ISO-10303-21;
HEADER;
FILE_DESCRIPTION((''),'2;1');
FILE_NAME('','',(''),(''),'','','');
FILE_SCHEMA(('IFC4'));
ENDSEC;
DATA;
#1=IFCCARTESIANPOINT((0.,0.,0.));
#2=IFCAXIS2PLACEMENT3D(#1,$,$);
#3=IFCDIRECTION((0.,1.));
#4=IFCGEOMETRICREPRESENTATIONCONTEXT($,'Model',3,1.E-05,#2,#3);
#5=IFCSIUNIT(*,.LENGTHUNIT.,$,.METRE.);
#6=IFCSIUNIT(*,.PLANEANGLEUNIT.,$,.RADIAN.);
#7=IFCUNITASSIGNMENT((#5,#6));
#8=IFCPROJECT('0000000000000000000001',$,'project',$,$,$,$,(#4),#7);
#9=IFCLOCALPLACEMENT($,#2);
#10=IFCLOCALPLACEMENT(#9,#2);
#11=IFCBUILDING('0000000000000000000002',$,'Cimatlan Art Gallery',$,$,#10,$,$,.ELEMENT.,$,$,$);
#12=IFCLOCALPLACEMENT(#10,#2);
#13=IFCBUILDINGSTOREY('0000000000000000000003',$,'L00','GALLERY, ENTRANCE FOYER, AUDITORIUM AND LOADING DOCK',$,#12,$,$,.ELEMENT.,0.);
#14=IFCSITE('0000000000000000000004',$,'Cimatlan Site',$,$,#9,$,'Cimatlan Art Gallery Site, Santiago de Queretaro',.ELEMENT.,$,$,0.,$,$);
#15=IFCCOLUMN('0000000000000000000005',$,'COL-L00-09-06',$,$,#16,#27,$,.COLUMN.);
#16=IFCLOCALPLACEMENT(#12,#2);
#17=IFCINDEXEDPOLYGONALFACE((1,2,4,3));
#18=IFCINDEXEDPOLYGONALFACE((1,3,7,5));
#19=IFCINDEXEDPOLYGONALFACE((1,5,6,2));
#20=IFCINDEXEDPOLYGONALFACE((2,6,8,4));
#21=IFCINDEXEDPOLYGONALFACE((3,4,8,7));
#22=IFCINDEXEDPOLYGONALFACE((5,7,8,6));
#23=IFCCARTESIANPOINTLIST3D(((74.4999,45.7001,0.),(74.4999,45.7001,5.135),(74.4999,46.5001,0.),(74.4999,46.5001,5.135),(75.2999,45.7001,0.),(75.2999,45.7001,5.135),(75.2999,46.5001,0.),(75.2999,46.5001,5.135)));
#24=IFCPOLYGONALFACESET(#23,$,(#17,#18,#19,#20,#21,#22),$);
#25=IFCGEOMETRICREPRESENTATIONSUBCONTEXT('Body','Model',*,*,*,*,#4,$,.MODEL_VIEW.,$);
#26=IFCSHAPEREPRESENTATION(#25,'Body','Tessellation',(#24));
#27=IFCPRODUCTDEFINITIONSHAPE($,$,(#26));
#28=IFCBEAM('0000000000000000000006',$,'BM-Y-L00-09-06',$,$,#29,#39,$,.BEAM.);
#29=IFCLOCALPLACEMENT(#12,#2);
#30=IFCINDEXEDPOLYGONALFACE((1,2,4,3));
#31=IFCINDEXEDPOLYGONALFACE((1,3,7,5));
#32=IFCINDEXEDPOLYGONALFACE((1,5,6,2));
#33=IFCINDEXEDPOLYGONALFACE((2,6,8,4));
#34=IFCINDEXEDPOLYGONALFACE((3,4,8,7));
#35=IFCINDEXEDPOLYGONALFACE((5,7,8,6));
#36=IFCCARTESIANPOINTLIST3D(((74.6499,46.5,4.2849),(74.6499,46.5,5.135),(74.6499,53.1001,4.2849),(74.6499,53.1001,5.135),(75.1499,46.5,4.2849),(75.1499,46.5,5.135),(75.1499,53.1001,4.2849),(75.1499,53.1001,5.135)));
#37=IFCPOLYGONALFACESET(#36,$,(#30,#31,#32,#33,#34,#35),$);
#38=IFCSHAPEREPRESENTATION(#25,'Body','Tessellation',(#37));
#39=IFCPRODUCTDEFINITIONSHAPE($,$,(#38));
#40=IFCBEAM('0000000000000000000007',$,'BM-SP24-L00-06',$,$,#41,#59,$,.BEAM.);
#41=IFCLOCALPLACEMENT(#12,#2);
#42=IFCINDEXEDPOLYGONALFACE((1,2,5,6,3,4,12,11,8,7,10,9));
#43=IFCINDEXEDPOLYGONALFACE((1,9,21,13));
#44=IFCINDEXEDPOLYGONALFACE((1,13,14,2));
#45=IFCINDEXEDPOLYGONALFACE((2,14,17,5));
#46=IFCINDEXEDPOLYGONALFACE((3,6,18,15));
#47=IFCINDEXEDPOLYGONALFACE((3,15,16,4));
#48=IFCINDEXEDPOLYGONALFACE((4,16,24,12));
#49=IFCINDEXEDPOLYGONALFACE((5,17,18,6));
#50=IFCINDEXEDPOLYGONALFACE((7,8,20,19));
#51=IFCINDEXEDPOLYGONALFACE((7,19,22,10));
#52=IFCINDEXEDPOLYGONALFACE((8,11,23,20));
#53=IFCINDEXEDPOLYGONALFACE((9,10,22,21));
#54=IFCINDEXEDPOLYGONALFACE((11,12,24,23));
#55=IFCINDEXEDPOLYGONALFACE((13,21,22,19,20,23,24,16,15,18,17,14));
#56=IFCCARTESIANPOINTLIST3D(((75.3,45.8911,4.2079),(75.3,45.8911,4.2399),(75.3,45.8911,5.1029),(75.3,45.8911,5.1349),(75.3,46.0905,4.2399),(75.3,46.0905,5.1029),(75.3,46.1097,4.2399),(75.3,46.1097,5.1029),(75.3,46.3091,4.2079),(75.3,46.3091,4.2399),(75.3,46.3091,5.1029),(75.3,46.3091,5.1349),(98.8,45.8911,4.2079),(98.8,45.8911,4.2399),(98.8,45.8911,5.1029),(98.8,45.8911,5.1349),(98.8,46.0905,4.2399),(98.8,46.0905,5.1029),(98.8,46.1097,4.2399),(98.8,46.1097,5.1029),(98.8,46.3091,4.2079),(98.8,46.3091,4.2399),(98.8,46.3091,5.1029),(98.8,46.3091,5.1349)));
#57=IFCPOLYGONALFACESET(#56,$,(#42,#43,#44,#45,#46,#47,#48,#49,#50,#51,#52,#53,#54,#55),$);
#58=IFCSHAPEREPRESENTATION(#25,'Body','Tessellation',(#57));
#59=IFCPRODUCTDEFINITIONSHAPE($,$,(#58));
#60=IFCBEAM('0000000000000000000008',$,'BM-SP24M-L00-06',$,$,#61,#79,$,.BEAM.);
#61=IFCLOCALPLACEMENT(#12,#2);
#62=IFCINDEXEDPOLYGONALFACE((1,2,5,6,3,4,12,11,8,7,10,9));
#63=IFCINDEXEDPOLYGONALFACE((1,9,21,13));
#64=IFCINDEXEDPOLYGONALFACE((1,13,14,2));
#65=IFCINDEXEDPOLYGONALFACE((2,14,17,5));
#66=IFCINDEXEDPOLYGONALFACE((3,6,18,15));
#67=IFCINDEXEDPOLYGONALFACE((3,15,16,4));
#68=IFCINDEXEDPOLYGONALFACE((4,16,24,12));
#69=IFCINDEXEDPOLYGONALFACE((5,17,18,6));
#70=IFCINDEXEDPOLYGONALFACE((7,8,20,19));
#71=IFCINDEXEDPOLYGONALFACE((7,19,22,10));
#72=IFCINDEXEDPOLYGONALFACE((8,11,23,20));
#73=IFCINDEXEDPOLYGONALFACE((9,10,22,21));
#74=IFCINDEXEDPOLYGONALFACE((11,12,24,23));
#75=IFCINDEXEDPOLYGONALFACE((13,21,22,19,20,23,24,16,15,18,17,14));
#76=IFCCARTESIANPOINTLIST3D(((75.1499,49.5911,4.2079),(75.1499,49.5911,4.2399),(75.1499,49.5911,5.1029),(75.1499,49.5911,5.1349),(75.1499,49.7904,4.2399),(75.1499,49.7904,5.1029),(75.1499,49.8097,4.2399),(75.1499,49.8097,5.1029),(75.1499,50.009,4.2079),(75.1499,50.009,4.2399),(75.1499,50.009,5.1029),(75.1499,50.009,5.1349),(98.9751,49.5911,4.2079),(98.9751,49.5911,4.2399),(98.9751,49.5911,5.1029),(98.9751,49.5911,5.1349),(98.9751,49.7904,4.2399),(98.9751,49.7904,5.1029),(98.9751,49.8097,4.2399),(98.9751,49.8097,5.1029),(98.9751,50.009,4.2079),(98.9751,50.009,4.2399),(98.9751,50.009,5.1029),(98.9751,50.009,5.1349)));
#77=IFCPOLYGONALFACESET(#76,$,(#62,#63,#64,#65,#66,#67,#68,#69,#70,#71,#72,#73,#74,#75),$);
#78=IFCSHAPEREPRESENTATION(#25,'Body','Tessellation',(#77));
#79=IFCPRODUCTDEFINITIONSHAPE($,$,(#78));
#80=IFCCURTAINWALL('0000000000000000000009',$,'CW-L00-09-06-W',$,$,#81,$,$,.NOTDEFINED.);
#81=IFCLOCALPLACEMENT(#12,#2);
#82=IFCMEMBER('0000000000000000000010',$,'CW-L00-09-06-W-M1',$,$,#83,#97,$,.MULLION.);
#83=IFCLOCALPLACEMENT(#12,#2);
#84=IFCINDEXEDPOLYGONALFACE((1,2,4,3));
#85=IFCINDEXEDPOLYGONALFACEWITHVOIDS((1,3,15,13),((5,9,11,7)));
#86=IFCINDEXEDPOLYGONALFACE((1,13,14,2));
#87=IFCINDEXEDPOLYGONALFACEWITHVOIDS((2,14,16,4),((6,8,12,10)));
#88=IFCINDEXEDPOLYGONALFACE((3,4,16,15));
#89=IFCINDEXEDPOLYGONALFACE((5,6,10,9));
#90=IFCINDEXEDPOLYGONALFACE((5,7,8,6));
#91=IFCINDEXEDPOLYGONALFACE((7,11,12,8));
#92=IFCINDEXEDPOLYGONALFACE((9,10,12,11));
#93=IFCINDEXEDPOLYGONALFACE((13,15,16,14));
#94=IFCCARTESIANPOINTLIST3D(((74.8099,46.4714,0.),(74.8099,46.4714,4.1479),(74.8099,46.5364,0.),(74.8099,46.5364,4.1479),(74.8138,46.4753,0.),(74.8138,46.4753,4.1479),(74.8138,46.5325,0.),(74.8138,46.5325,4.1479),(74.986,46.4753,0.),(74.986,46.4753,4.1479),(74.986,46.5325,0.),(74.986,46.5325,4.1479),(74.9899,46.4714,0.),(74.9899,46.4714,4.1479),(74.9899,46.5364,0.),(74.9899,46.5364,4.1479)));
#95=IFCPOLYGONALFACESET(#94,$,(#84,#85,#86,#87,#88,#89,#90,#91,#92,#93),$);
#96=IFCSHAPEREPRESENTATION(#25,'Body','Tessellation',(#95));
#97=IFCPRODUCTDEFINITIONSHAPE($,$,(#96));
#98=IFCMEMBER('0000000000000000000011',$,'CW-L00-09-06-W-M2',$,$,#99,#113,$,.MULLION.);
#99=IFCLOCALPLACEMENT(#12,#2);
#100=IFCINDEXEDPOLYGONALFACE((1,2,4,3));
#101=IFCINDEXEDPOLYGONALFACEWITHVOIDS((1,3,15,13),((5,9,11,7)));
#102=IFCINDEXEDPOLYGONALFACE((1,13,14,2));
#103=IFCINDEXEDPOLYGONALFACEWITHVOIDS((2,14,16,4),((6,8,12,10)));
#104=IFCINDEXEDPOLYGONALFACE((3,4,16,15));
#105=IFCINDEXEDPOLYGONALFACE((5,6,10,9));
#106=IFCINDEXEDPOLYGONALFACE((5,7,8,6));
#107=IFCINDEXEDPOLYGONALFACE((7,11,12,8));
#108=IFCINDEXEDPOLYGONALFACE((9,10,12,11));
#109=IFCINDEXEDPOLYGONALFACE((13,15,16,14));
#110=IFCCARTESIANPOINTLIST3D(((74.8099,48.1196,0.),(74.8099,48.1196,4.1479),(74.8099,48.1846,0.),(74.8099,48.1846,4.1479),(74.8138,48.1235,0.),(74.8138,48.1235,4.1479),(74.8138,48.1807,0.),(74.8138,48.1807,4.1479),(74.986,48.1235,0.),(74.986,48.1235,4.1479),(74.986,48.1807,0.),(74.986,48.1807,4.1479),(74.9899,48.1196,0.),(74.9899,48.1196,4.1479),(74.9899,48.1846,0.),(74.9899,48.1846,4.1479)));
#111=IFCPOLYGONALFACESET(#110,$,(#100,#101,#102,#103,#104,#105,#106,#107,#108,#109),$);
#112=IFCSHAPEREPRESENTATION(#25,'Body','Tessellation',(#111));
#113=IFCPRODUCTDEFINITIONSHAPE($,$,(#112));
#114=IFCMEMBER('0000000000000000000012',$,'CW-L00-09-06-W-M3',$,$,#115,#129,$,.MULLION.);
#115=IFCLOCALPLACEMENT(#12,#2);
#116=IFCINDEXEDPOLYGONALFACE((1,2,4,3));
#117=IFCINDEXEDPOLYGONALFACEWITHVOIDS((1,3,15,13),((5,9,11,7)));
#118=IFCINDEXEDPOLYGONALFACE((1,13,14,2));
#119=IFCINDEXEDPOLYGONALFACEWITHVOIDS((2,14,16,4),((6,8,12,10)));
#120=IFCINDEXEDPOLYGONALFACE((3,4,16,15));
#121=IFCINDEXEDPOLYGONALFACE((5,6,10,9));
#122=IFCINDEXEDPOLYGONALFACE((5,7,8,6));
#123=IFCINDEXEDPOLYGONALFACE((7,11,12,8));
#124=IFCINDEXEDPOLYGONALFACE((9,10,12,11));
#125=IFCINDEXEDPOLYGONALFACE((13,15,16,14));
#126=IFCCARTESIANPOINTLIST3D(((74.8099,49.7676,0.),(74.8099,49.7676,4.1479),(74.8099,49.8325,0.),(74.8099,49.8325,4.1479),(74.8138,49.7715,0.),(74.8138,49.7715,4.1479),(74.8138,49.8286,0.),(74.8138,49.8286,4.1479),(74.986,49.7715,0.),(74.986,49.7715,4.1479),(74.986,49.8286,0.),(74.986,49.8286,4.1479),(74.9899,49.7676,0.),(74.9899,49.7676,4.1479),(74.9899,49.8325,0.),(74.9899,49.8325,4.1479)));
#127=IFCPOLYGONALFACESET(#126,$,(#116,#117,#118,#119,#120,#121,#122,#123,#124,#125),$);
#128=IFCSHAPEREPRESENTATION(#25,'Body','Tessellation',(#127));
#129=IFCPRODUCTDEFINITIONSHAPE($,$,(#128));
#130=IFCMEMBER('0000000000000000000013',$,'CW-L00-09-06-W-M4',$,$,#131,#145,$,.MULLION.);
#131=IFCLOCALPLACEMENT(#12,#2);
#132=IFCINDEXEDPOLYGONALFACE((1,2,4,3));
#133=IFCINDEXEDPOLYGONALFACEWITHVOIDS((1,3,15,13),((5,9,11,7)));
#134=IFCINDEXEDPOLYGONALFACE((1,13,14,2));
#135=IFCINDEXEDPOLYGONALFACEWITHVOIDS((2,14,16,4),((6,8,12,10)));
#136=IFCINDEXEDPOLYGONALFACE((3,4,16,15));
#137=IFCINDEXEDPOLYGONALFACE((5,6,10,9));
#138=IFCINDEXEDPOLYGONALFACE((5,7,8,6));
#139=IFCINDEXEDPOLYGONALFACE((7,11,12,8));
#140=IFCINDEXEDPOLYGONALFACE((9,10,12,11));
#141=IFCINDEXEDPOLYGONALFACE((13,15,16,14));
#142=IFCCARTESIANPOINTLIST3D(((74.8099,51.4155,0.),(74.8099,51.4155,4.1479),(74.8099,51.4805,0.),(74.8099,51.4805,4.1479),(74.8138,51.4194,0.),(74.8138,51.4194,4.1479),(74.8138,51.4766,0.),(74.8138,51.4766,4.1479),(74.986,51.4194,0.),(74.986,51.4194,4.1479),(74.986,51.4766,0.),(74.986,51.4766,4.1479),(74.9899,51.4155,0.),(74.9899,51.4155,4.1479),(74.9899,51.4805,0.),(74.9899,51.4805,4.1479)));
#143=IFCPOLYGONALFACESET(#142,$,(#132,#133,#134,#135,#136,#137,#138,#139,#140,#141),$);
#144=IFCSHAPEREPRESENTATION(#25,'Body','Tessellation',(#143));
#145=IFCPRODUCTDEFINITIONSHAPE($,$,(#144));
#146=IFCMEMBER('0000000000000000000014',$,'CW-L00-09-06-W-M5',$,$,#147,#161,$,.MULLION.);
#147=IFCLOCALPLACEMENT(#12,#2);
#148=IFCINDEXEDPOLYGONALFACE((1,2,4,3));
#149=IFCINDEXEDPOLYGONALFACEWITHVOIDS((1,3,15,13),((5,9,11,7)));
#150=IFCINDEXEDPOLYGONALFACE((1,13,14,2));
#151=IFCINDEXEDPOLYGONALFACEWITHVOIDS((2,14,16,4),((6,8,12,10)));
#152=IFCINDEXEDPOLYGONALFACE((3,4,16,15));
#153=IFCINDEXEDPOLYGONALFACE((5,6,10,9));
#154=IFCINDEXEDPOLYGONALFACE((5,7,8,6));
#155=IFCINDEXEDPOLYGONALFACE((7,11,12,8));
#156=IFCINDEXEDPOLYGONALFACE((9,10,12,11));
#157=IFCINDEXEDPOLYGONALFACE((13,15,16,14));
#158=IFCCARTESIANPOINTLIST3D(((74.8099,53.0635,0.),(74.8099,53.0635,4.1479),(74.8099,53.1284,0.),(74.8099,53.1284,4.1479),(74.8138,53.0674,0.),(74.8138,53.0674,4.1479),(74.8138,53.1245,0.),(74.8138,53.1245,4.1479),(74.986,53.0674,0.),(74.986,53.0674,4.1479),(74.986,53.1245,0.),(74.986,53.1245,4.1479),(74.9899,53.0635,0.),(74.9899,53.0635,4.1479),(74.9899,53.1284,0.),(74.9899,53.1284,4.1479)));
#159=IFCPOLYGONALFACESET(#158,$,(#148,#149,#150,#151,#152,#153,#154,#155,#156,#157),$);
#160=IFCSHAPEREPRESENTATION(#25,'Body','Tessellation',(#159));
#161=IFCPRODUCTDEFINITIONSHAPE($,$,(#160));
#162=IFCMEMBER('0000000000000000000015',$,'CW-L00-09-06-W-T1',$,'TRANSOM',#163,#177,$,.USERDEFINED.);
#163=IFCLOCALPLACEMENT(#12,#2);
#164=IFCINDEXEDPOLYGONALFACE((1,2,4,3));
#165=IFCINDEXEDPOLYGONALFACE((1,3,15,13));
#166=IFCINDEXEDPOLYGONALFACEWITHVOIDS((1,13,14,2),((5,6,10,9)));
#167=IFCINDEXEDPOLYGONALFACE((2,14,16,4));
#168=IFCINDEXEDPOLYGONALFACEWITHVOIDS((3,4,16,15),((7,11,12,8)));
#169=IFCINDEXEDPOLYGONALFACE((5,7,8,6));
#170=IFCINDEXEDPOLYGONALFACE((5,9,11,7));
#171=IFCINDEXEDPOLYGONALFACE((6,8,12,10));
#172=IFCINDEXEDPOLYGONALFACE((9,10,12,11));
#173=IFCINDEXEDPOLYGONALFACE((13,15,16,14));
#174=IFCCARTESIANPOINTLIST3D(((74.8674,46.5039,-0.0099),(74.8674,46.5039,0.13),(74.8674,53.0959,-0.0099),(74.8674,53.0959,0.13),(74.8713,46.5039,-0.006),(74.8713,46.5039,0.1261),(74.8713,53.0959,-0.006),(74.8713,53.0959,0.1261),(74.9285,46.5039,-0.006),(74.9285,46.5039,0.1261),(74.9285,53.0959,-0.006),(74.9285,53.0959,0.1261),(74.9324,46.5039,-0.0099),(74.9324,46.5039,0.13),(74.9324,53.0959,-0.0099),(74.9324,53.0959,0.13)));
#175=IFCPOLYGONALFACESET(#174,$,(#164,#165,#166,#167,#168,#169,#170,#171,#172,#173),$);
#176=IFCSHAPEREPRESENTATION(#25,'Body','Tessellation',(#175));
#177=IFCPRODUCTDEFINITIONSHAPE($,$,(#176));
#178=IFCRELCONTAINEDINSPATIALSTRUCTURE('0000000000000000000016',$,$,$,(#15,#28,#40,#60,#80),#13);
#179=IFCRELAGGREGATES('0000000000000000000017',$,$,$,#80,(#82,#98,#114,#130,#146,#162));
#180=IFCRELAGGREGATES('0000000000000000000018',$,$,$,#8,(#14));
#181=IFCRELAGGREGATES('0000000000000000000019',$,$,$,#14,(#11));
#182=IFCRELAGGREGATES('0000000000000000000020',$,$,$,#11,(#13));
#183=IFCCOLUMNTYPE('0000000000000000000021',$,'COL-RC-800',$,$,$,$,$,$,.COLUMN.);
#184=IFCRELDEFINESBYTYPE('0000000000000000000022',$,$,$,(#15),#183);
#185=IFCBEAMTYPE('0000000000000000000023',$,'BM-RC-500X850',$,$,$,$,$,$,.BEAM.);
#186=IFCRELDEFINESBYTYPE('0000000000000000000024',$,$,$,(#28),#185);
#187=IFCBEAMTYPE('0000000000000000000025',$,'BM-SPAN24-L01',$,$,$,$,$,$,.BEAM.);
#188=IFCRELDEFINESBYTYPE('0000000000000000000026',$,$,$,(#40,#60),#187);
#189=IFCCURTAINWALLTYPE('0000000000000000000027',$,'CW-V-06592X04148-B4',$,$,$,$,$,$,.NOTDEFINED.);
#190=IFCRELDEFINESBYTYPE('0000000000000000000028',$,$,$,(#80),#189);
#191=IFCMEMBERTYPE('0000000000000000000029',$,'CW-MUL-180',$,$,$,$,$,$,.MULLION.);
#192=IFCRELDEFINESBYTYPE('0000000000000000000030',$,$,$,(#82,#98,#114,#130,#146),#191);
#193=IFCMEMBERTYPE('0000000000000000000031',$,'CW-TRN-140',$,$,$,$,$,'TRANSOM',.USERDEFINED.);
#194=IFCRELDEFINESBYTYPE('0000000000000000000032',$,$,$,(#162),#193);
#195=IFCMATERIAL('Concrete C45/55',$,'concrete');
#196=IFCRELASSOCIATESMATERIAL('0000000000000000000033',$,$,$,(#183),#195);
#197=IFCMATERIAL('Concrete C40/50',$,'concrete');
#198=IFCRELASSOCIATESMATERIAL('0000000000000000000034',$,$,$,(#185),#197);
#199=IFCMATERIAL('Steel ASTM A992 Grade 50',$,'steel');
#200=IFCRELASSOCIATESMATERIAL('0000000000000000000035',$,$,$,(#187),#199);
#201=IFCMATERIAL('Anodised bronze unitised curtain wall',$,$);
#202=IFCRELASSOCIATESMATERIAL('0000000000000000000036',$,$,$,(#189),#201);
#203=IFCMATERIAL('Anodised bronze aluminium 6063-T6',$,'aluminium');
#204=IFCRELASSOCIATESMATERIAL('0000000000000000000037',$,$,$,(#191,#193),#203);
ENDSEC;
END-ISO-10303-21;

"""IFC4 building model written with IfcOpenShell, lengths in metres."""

from ifc_helpers import new_model, si_unit, direction, frame, origin, origin_2d, place, context, subcontext, project, spatial, rectangle, hollow_rectangle, i_section, extrude, material, material_profile, profile_set, type_object, element, aggregate, save


model = new_model("IFC4")

# Units and contexts
model_context = context("Model", 3, precision=1e-05, world=origin(), true_north=direction((0.0, 1.0)))
body_context = subcontext(model_context, "Body", "Model", "MODEL_VIEW")
ifc_project = project(units=[si_unit("LENGTHUNIT", "METRE"), si_unit("PLANEANGLEUNIT", "RADIAN")], contexts=[model_context])

# Site, building, storey
site_placement = place(None, origin())
site = spatial("IfcSite", under=ifc_project, at=site_placement, Name="Cimatlan Site", LongName="Cimatlan Art Gallery Site, Santiago de Queretaro", CompositionType="ELEMENT", RefElevation=0.0)
building_placement = place(site_placement, origin())
building = spatial("IfcBuilding", under=site, at=building_placement, Name="Cimatlan Art Gallery", CompositionType="ELEMENT")
storey_placement = place(building_placement, origin())
storey = spatial("IfcBuildingStorey", under=building, at=storey_placement, Name="L00", Description="GALLERY, ENTRANCE FOYER, AUDITORIUM AND LOADING DOCK", CompositionType="ELEMENT", Elevation=0.0)

# Column
ifc_material_1 = material(Name="Concrete C45/55", Category="concrete")
ifc_material_profile_1 = material_profile(ifc_material_1, rectangle(XDim=0.8, YDim=0.8, at=origin_2d()), Name="RC800X800")
ifc_profile_set_1 = profile_set([ifc_material_profile_1], Name="Concrete C45/55")
column_type = type_object("IfcColumnType", Name="COL-RC-800", PredefinedType="COLUMN", material=ifc_profile_set_1)
column_placement = place(storey_placement, frame((74.8999, 46.1001, 0.0), z_axis=(0.0, 0.0, 1.0), x_axis=(1.0, 0.0, 0.0)))
element("IfcColumn", 1, at=column_placement, inside=storey, type_object=column_type, Name="COL-L00-09-06", PredefinedType="COLUMN", context=body_context, shape_type="SweptSolid", body=[
    extrude(rectangle(XDim=0.8, YDim=0.8, at=origin_2d()), origin(), (0.0, 0.0, 1.0), 5.135),
])

# Beams
ifc_material_2 = material(Name="Concrete C40/50", Category="concrete")
ifc_material_profile_2 = material_profile(ifc_material_2, rectangle(XDim=0.5, YDim=0.8501, at=origin_2d()), Name="RC500X850")
ifc_profile_set_2 = profile_set([ifc_material_profile_2], Name="Concrete C40/50")
beam_type_1 = type_object("IfcBeamType", Name="BM-RC-500X850", PredefinedType="BEAM", material=ifc_profile_set_2)
beam_1_placement = place(storey_placement, frame((74.8999, 46.5, 4.71), z_axis=(0.0, 1.0, 0.0), x_axis=(-1.0, 0.0, 0.0)))
element("IfcBeam", 2, at=beam_1_placement, inside=storey, type_object=beam_type_1, Name="BM-Y-L00-09-06", PredefinedType="BEAM", context=body_context, shape_type="SweptSolid", body=[
    extrude(rectangle(XDim=0.5, YDim=0.8501, at=origin_2d()), origin(), (0.0, 0.0, 1.0), 6.6001),
])
ifc_material_3 = material(Name="Steel ASTM A992 Grade 50", Category="steel")
ifc_material_profile_3 = material_profile(ifc_material_3, i_section(OverallWidth=0.418, OverallDepth=0.927, WebThickness=0.0193, FlangeThickness=0.032, at=origin_2d()), Name="W36X231")
ifc_profile_set_3 = profile_set([ifc_material_profile_3], Name="Steel ASTM A992 Grade 50")
beam_type_2 = type_object("IfcBeamType", Name="BM-SPAN24-L01", PredefinedType="BEAM", material=ifc_profile_set_3)
beam_2_placement = place(storey_placement, frame((75.3, 46.1001, 4.6714), z_axis=(1.0, 0.0, 0.0), x_axis=(0.0, 1.0, 0.0)))
element("IfcBeam", 3, at=beam_2_placement, inside=storey, type_object=beam_type_2, Name="BM-SP24-L00-06", PredefinedType="BEAM", context=body_context, shape_type="SweptSolid", body=[
    extrude(i_section(OverallWidth=0.418, OverallDepth=0.927, WebThickness=0.0193, FlangeThickness=0.032, at=origin_2d()), origin(), (0.0, 0.0, 1.0), 23.5),
])
beam_3_placement = place(storey_placement, frame((75.1499, 49.8, 4.6714), z_axis=(1.0, 0.0, 0.0), x_axis=(0.0, 1.0, 0.0)))
element("IfcBeam", 4, at=beam_3_placement, inside=storey, type_object=beam_type_2, Name="BM-SP24M-L00-06", PredefinedType="BEAM", context=body_context, shape_type="SweptSolid", body=[
    extrude(i_section(OverallWidth=0.418, OverallDepth=0.927, WebThickness=0.0193, FlangeThickness=0.032, at=origin_2d()), origin(), (0.0, 0.0, 1.0), 23.8252),
])

# Curtain wall, members
ifc_material_4 = material(Name="Anodised bronze unitised curtain wall")
curtain_wall_type = type_object("IfcCurtainWallType", Name="CW-V-06592X04148-B4", PredefinedType="NOTDEFINED", material=ifc_material_4)
curtain_wall_placement = place(storey_placement, origin())
curtain_wall = element("IfcCurtainWall", 5, at=curtain_wall_placement, inside=storey, type_object=curtain_wall_type, Name="CW-L00-09-06-W", PredefinedType="NOTDEFINED")
ifc_material_5 = material(Name="Anodised bronze aluminium 6063-T6", Category="aluminium")
ifc_material_profile_4 = material_profile(ifc_material_5, hollow_rectangle(XDim=0.0649, YDim=0.1799, WallThickness=0.0039, at=origin_2d()), Name="ALU65X180X4")
ifc_profile_set_4 = profile_set([ifc_material_profile_4], Name="Anodised bronze aluminium 6063-T6")
member_type_1 = type_object("IfcMemberType", Name="CW-MUL-180", PredefinedType="MULLION", material=ifc_profile_set_4)
member_1_placement = place(storey_placement, frame((74.8999, 46.5039, 0.0), z_axis=(0.0, 0.0, 1.0), x_axis=(0.0, 1.0, 0.0)))
member_1 = element("IfcMember", 6, at=member_1_placement, type_object=member_type_1, Name="CW-L00-09-06-W-M1", PredefinedType="MULLION", context=body_context, shape_type="SweptSolid", body=[
    extrude(hollow_rectangle(XDim=0.0649, YDim=0.1799, WallThickness=0.0039, at=origin_2d()), origin(), (0.0, 0.0, 1.0), 4.1479),
])
member_2_placement = place(storey_placement, frame((74.8999, 48.1521, 0.0), z_axis=(0.0, 0.0, 1.0), x_axis=(0.0, 1.0, 0.0)))
member_2 = element("IfcMember", 7, at=member_2_placement, type_object=member_type_1, Name="CW-L00-09-06-W-M2", PredefinedType="MULLION", context=body_context, shape_type="SweptSolid", body=[
    extrude(hollow_rectangle(XDim=0.0649, YDim=0.1799, WallThickness=0.0039, at=origin_2d()), origin(), (0.0, 0.0, 1.0), 4.1479),
])
member_3_placement = place(storey_placement, frame((74.8999, 49.8, 0.0), z_axis=(0.0, 0.0, 1.0), x_axis=(0.0, 1.0, 0.0)))
member_3 = element("IfcMember", 8, at=member_3_placement, type_object=member_type_1, Name="CW-L00-09-06-W-M3", PredefinedType="MULLION", context=body_context, shape_type="SweptSolid", body=[
    extrude(hollow_rectangle(XDim=0.0649, YDim=0.1799, WallThickness=0.0039, at=origin_2d()), origin(), (0.0, 0.0, 1.0), 4.1479),
])
member_4_placement = place(storey_placement, frame((74.8999, 51.448, 0.0), z_axis=(0.0, 0.0, 1.0), x_axis=(0.0, 1.0, 0.0)))
member_4 = element("IfcMember", 9, at=member_4_placement, type_object=member_type_1, Name="CW-L00-09-06-W-M4", PredefinedType="MULLION", context=body_context, shape_type="SweptSolid", body=[
    extrude(hollow_rectangle(XDim=0.0649, YDim=0.1799, WallThickness=0.0039, at=origin_2d()), origin(), (0.0, 0.0, 1.0), 4.1479),
])
member_5_placement = place(storey_placement, frame((74.8999, 53.0959, 0.0), z_axis=(0.0, 0.0, 1.0), x_axis=(0.0, 1.0, 0.0)))
member_5 = element("IfcMember", 10, at=member_5_placement, type_object=member_type_1, Name="CW-L00-09-06-W-M5", PredefinedType="MULLION", context=body_context, shape_type="SweptSolid", body=[
    extrude(hollow_rectangle(XDim=0.0649, YDim=0.1799, WallThickness=0.0039, at=origin_2d()), origin(), (0.0, 0.0, 1.0), 4.1479),
])
ifc_material_profile_5 = material_profile(ifc_material_5, hollow_rectangle(XDim=0.0649, YDim=0.1399, WallThickness=0.0039, at=origin_2d()), Name="ALU65X140X4")
ifc_profile_set_5 = profile_set([ifc_material_profile_5], Name="Anodised bronze aluminium 6063-T6")
member_type_2 = type_object("IfcMemberType", Name="CW-TRN-140", ElementType="TRANSOM", PredefinedType="USERDEFINED", material=ifc_profile_set_5)
member_6_placement = place(storey_placement, frame((74.8999, 46.5039, 0.0601), z_axis=(0.0, 1.0, 0.0), x_axis=(-1.0, 0.0, 0.0)))
member_6 = element("IfcMember", 11, at=member_6_placement, type_object=member_type_2, Name="CW-L00-09-06-W-T1", ObjectType="TRANSOM", PredefinedType="USERDEFINED", context=body_context, shape_type="SweptSolid", body=[
    extrude(hollow_rectangle(XDim=0.0649, YDim=0.1399, WallThickness=0.0039, at=origin_2d()), origin(), (0.0, 0.0, 1.0), 6.592),
])
aggregate(curtain_wall, [member_1, member_2, member_3, member_4, member_5, member_6])

save(model, "model.ifc")
